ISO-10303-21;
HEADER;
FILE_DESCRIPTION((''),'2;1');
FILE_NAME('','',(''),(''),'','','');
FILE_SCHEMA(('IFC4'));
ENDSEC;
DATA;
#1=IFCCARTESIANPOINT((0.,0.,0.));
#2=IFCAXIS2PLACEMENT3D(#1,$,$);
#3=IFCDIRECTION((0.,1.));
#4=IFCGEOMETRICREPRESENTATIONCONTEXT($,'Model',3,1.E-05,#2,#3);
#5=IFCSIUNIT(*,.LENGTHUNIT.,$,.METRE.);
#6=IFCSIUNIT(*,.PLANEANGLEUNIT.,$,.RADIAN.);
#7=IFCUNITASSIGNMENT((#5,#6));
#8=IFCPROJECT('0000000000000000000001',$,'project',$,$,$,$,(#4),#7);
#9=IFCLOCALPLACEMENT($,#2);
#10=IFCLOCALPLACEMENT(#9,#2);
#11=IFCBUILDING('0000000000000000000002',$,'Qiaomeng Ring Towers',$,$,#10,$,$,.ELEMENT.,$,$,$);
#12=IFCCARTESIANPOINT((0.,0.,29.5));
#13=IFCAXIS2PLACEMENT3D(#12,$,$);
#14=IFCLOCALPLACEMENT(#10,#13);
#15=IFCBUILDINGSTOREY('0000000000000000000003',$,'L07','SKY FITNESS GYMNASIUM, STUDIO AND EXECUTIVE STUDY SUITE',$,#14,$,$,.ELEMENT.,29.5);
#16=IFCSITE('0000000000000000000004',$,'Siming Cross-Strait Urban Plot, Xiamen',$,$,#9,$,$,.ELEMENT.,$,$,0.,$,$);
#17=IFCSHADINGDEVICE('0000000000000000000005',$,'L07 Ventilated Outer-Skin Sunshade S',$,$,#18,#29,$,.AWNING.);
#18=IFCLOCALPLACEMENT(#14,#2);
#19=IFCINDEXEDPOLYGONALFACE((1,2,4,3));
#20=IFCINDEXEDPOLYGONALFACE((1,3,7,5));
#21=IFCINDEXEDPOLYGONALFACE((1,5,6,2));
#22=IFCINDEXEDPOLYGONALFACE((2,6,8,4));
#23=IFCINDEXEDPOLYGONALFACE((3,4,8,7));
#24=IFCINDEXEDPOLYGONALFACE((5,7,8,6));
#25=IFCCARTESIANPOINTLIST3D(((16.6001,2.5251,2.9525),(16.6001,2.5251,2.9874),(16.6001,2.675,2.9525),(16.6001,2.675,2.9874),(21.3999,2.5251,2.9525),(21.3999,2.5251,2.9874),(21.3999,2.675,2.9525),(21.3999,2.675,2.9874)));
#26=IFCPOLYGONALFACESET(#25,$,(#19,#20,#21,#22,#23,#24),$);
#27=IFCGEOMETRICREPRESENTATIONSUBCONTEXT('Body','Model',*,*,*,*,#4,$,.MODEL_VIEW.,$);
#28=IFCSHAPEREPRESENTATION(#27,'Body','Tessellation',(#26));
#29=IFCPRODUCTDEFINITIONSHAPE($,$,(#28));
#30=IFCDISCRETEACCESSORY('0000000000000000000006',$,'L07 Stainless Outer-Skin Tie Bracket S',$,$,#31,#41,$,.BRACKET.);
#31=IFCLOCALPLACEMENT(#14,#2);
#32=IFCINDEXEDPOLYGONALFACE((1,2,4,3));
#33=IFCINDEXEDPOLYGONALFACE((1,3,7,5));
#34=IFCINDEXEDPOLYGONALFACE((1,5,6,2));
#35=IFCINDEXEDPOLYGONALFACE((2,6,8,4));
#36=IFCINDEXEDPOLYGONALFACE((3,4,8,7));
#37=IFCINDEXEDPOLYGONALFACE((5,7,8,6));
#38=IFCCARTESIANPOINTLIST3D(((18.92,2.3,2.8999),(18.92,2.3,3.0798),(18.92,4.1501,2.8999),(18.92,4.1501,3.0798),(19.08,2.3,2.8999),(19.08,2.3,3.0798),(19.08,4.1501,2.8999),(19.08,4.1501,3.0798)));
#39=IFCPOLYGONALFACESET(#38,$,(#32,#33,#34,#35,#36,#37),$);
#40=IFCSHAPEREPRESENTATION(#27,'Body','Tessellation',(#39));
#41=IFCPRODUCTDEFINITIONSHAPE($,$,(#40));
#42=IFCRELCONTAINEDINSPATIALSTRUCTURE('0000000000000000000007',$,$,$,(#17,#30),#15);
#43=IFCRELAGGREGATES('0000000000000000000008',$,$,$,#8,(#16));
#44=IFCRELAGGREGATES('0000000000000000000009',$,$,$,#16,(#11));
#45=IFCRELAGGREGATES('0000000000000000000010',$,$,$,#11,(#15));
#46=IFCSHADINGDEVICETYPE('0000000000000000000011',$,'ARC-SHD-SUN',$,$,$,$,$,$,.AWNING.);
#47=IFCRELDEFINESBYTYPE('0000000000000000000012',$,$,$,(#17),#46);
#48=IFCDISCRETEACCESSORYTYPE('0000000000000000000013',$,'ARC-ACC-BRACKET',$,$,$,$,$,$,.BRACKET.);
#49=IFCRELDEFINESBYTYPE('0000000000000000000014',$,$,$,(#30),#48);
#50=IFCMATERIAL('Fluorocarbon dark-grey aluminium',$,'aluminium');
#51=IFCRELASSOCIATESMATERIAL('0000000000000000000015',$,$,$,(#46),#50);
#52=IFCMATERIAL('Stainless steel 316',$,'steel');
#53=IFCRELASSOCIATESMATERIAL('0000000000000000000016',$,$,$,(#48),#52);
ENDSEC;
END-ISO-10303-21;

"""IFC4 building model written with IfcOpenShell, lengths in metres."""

from ifc_helpers import new_model, si_unit, direction, frame, origin, origin_2d, place, context, subcontext, project, spatial, rectangle, extrude, source, transform, mapped, material, material_profile, profile_set, type_object, element, save


model = new_model("IFC4")

# Units and contexts
model_context = context("Model", 3, precision=1e-05, world=origin(), true_north=direction((0.0, 1.0)))
body_context = subcontext(model_context, "Body", "Model", "MODEL_VIEW")
ifc_project = project(units=[si_unit("LENGTHUNIT", "METRE"), si_unit("PLANEANGLEUNIT", "RADIAN")], contexts=[model_context])

# Site, building, storey
site_placement = place(None, origin())
site = spatial("IfcSite", under=ifc_project, at=site_placement, Name="Siming Cross-Strait Urban Plot, Xiamen", CompositionType="ELEMENT", RefElevation=0.0)
building_placement = place(site_placement, origin())
building = spatial("IfcBuilding", under=site, at=building_placement, Name="Qiaomeng Ring Towers", CompositionType="ELEMENT")
storey_placement = place(building_placement, frame((0.0, 0.0, 29.5)))
storey = spatial("IfcBuildingStorey", under=building, at=storey_placement, Name="L07", Description="SKY FITNESS GYMNASIUM, STUDIO AND EXECUTIVE STUDY SUITE", CompositionType="ELEMENT", Elevation=29.5)

# Shared definitions
ifc_material_1 = material(Name="Fluorocarbon dark-grey aluminium", Category="aluminium")

# Shared definitions
ifc_material_2 = material(Name="Stainless steel 316", Category="steel")

# Shading device
ifc_material_profile_1 = material_profile(ifc_material_1, rectangle(XDim=0.1499, YDim=0.0349, at=origin_2d()), Name="LV BLADE 150x35")
ifc_profile_set_1 = profile_set([ifc_material_profile_1], Name="Fluorocarbon dark-grey aluminium")
shading_device_type = type_object("IfcShadingDeviceType", Name="ARC-SHD-SUN", PredefinedType="AWNING", material=ifc_profile_set_1)
shared_shape_1 = source(origin(), body_context, "Body", "SweptSolid", [
    extrude(rectangle(XDim=0.1499, YDim=0.0349, at=origin_2d()), origin(), (0.0, 0.0, 1.0), 4.7998),
])
shading_device_placement = place(storey_placement, frame((16.6001, 2.6001, 2.97), z_axis=(1.0, 0.0, 0.0), x_axis=(0.0, 1.0, 0.0)))
element("IfcShadingDevice", 1, at=shading_device_placement, inside=storey, type_object=shading_device_type, Name="L07 Ventilated Outer-Skin Sunshade S", PredefinedType="AWNING", context=body_context, shape_type="MappedRepresentation", body=[
    mapped(shared_shape_1, transform((0.0, 0.0, 0.0), x_axis=(1.0, 0.0, 0.0), y_axis=(0.0, 1.0, 0.0), z_axis=(0.0, 0.0, 1.0), scale=1.0)),
])

# Discrete accessory
discrete_accessory_type = type_object("IfcDiscreteAccessoryType", Name="ARC-ACC-BRACKET", PredefinedType="BRACKET", material=ifc_material_2)
shared_shape_2 = source(origin(), body_context, "Body", "SweptSolid", [
    extrude(rectangle(XDim=0.1599, YDim=1.8501, at=origin_2d()), origin(), (0.0, 0.0, 1.0), 0.1799),
])
discrete_accessory_placement = place(storey_placement, frame((19.0, 3.2251, 2.8999), z_axis=(0.0, 0.0, 1.0), x_axis=(1.0, 0.0, 0.0)))
element("IfcDiscreteAccessory", 2, at=discrete_accessory_placement, inside=storey, type_object=discrete_accessory_type, Name="L07 Stainless Outer-Skin Tie Bracket S", PredefinedType="BRACKET", context=body_context, shape_type="MappedRepresentation", body=[
    mapped(shared_shape_2, transform((0.0, 0.0, 0.0), x_axis=(1.0, 0.0, 0.0), y_axis=(0.0, 1.0, 0.0), z_axis=(0.0, 0.0, 1.0), scale=1.0)),
])

save(model, "model.ifc")
